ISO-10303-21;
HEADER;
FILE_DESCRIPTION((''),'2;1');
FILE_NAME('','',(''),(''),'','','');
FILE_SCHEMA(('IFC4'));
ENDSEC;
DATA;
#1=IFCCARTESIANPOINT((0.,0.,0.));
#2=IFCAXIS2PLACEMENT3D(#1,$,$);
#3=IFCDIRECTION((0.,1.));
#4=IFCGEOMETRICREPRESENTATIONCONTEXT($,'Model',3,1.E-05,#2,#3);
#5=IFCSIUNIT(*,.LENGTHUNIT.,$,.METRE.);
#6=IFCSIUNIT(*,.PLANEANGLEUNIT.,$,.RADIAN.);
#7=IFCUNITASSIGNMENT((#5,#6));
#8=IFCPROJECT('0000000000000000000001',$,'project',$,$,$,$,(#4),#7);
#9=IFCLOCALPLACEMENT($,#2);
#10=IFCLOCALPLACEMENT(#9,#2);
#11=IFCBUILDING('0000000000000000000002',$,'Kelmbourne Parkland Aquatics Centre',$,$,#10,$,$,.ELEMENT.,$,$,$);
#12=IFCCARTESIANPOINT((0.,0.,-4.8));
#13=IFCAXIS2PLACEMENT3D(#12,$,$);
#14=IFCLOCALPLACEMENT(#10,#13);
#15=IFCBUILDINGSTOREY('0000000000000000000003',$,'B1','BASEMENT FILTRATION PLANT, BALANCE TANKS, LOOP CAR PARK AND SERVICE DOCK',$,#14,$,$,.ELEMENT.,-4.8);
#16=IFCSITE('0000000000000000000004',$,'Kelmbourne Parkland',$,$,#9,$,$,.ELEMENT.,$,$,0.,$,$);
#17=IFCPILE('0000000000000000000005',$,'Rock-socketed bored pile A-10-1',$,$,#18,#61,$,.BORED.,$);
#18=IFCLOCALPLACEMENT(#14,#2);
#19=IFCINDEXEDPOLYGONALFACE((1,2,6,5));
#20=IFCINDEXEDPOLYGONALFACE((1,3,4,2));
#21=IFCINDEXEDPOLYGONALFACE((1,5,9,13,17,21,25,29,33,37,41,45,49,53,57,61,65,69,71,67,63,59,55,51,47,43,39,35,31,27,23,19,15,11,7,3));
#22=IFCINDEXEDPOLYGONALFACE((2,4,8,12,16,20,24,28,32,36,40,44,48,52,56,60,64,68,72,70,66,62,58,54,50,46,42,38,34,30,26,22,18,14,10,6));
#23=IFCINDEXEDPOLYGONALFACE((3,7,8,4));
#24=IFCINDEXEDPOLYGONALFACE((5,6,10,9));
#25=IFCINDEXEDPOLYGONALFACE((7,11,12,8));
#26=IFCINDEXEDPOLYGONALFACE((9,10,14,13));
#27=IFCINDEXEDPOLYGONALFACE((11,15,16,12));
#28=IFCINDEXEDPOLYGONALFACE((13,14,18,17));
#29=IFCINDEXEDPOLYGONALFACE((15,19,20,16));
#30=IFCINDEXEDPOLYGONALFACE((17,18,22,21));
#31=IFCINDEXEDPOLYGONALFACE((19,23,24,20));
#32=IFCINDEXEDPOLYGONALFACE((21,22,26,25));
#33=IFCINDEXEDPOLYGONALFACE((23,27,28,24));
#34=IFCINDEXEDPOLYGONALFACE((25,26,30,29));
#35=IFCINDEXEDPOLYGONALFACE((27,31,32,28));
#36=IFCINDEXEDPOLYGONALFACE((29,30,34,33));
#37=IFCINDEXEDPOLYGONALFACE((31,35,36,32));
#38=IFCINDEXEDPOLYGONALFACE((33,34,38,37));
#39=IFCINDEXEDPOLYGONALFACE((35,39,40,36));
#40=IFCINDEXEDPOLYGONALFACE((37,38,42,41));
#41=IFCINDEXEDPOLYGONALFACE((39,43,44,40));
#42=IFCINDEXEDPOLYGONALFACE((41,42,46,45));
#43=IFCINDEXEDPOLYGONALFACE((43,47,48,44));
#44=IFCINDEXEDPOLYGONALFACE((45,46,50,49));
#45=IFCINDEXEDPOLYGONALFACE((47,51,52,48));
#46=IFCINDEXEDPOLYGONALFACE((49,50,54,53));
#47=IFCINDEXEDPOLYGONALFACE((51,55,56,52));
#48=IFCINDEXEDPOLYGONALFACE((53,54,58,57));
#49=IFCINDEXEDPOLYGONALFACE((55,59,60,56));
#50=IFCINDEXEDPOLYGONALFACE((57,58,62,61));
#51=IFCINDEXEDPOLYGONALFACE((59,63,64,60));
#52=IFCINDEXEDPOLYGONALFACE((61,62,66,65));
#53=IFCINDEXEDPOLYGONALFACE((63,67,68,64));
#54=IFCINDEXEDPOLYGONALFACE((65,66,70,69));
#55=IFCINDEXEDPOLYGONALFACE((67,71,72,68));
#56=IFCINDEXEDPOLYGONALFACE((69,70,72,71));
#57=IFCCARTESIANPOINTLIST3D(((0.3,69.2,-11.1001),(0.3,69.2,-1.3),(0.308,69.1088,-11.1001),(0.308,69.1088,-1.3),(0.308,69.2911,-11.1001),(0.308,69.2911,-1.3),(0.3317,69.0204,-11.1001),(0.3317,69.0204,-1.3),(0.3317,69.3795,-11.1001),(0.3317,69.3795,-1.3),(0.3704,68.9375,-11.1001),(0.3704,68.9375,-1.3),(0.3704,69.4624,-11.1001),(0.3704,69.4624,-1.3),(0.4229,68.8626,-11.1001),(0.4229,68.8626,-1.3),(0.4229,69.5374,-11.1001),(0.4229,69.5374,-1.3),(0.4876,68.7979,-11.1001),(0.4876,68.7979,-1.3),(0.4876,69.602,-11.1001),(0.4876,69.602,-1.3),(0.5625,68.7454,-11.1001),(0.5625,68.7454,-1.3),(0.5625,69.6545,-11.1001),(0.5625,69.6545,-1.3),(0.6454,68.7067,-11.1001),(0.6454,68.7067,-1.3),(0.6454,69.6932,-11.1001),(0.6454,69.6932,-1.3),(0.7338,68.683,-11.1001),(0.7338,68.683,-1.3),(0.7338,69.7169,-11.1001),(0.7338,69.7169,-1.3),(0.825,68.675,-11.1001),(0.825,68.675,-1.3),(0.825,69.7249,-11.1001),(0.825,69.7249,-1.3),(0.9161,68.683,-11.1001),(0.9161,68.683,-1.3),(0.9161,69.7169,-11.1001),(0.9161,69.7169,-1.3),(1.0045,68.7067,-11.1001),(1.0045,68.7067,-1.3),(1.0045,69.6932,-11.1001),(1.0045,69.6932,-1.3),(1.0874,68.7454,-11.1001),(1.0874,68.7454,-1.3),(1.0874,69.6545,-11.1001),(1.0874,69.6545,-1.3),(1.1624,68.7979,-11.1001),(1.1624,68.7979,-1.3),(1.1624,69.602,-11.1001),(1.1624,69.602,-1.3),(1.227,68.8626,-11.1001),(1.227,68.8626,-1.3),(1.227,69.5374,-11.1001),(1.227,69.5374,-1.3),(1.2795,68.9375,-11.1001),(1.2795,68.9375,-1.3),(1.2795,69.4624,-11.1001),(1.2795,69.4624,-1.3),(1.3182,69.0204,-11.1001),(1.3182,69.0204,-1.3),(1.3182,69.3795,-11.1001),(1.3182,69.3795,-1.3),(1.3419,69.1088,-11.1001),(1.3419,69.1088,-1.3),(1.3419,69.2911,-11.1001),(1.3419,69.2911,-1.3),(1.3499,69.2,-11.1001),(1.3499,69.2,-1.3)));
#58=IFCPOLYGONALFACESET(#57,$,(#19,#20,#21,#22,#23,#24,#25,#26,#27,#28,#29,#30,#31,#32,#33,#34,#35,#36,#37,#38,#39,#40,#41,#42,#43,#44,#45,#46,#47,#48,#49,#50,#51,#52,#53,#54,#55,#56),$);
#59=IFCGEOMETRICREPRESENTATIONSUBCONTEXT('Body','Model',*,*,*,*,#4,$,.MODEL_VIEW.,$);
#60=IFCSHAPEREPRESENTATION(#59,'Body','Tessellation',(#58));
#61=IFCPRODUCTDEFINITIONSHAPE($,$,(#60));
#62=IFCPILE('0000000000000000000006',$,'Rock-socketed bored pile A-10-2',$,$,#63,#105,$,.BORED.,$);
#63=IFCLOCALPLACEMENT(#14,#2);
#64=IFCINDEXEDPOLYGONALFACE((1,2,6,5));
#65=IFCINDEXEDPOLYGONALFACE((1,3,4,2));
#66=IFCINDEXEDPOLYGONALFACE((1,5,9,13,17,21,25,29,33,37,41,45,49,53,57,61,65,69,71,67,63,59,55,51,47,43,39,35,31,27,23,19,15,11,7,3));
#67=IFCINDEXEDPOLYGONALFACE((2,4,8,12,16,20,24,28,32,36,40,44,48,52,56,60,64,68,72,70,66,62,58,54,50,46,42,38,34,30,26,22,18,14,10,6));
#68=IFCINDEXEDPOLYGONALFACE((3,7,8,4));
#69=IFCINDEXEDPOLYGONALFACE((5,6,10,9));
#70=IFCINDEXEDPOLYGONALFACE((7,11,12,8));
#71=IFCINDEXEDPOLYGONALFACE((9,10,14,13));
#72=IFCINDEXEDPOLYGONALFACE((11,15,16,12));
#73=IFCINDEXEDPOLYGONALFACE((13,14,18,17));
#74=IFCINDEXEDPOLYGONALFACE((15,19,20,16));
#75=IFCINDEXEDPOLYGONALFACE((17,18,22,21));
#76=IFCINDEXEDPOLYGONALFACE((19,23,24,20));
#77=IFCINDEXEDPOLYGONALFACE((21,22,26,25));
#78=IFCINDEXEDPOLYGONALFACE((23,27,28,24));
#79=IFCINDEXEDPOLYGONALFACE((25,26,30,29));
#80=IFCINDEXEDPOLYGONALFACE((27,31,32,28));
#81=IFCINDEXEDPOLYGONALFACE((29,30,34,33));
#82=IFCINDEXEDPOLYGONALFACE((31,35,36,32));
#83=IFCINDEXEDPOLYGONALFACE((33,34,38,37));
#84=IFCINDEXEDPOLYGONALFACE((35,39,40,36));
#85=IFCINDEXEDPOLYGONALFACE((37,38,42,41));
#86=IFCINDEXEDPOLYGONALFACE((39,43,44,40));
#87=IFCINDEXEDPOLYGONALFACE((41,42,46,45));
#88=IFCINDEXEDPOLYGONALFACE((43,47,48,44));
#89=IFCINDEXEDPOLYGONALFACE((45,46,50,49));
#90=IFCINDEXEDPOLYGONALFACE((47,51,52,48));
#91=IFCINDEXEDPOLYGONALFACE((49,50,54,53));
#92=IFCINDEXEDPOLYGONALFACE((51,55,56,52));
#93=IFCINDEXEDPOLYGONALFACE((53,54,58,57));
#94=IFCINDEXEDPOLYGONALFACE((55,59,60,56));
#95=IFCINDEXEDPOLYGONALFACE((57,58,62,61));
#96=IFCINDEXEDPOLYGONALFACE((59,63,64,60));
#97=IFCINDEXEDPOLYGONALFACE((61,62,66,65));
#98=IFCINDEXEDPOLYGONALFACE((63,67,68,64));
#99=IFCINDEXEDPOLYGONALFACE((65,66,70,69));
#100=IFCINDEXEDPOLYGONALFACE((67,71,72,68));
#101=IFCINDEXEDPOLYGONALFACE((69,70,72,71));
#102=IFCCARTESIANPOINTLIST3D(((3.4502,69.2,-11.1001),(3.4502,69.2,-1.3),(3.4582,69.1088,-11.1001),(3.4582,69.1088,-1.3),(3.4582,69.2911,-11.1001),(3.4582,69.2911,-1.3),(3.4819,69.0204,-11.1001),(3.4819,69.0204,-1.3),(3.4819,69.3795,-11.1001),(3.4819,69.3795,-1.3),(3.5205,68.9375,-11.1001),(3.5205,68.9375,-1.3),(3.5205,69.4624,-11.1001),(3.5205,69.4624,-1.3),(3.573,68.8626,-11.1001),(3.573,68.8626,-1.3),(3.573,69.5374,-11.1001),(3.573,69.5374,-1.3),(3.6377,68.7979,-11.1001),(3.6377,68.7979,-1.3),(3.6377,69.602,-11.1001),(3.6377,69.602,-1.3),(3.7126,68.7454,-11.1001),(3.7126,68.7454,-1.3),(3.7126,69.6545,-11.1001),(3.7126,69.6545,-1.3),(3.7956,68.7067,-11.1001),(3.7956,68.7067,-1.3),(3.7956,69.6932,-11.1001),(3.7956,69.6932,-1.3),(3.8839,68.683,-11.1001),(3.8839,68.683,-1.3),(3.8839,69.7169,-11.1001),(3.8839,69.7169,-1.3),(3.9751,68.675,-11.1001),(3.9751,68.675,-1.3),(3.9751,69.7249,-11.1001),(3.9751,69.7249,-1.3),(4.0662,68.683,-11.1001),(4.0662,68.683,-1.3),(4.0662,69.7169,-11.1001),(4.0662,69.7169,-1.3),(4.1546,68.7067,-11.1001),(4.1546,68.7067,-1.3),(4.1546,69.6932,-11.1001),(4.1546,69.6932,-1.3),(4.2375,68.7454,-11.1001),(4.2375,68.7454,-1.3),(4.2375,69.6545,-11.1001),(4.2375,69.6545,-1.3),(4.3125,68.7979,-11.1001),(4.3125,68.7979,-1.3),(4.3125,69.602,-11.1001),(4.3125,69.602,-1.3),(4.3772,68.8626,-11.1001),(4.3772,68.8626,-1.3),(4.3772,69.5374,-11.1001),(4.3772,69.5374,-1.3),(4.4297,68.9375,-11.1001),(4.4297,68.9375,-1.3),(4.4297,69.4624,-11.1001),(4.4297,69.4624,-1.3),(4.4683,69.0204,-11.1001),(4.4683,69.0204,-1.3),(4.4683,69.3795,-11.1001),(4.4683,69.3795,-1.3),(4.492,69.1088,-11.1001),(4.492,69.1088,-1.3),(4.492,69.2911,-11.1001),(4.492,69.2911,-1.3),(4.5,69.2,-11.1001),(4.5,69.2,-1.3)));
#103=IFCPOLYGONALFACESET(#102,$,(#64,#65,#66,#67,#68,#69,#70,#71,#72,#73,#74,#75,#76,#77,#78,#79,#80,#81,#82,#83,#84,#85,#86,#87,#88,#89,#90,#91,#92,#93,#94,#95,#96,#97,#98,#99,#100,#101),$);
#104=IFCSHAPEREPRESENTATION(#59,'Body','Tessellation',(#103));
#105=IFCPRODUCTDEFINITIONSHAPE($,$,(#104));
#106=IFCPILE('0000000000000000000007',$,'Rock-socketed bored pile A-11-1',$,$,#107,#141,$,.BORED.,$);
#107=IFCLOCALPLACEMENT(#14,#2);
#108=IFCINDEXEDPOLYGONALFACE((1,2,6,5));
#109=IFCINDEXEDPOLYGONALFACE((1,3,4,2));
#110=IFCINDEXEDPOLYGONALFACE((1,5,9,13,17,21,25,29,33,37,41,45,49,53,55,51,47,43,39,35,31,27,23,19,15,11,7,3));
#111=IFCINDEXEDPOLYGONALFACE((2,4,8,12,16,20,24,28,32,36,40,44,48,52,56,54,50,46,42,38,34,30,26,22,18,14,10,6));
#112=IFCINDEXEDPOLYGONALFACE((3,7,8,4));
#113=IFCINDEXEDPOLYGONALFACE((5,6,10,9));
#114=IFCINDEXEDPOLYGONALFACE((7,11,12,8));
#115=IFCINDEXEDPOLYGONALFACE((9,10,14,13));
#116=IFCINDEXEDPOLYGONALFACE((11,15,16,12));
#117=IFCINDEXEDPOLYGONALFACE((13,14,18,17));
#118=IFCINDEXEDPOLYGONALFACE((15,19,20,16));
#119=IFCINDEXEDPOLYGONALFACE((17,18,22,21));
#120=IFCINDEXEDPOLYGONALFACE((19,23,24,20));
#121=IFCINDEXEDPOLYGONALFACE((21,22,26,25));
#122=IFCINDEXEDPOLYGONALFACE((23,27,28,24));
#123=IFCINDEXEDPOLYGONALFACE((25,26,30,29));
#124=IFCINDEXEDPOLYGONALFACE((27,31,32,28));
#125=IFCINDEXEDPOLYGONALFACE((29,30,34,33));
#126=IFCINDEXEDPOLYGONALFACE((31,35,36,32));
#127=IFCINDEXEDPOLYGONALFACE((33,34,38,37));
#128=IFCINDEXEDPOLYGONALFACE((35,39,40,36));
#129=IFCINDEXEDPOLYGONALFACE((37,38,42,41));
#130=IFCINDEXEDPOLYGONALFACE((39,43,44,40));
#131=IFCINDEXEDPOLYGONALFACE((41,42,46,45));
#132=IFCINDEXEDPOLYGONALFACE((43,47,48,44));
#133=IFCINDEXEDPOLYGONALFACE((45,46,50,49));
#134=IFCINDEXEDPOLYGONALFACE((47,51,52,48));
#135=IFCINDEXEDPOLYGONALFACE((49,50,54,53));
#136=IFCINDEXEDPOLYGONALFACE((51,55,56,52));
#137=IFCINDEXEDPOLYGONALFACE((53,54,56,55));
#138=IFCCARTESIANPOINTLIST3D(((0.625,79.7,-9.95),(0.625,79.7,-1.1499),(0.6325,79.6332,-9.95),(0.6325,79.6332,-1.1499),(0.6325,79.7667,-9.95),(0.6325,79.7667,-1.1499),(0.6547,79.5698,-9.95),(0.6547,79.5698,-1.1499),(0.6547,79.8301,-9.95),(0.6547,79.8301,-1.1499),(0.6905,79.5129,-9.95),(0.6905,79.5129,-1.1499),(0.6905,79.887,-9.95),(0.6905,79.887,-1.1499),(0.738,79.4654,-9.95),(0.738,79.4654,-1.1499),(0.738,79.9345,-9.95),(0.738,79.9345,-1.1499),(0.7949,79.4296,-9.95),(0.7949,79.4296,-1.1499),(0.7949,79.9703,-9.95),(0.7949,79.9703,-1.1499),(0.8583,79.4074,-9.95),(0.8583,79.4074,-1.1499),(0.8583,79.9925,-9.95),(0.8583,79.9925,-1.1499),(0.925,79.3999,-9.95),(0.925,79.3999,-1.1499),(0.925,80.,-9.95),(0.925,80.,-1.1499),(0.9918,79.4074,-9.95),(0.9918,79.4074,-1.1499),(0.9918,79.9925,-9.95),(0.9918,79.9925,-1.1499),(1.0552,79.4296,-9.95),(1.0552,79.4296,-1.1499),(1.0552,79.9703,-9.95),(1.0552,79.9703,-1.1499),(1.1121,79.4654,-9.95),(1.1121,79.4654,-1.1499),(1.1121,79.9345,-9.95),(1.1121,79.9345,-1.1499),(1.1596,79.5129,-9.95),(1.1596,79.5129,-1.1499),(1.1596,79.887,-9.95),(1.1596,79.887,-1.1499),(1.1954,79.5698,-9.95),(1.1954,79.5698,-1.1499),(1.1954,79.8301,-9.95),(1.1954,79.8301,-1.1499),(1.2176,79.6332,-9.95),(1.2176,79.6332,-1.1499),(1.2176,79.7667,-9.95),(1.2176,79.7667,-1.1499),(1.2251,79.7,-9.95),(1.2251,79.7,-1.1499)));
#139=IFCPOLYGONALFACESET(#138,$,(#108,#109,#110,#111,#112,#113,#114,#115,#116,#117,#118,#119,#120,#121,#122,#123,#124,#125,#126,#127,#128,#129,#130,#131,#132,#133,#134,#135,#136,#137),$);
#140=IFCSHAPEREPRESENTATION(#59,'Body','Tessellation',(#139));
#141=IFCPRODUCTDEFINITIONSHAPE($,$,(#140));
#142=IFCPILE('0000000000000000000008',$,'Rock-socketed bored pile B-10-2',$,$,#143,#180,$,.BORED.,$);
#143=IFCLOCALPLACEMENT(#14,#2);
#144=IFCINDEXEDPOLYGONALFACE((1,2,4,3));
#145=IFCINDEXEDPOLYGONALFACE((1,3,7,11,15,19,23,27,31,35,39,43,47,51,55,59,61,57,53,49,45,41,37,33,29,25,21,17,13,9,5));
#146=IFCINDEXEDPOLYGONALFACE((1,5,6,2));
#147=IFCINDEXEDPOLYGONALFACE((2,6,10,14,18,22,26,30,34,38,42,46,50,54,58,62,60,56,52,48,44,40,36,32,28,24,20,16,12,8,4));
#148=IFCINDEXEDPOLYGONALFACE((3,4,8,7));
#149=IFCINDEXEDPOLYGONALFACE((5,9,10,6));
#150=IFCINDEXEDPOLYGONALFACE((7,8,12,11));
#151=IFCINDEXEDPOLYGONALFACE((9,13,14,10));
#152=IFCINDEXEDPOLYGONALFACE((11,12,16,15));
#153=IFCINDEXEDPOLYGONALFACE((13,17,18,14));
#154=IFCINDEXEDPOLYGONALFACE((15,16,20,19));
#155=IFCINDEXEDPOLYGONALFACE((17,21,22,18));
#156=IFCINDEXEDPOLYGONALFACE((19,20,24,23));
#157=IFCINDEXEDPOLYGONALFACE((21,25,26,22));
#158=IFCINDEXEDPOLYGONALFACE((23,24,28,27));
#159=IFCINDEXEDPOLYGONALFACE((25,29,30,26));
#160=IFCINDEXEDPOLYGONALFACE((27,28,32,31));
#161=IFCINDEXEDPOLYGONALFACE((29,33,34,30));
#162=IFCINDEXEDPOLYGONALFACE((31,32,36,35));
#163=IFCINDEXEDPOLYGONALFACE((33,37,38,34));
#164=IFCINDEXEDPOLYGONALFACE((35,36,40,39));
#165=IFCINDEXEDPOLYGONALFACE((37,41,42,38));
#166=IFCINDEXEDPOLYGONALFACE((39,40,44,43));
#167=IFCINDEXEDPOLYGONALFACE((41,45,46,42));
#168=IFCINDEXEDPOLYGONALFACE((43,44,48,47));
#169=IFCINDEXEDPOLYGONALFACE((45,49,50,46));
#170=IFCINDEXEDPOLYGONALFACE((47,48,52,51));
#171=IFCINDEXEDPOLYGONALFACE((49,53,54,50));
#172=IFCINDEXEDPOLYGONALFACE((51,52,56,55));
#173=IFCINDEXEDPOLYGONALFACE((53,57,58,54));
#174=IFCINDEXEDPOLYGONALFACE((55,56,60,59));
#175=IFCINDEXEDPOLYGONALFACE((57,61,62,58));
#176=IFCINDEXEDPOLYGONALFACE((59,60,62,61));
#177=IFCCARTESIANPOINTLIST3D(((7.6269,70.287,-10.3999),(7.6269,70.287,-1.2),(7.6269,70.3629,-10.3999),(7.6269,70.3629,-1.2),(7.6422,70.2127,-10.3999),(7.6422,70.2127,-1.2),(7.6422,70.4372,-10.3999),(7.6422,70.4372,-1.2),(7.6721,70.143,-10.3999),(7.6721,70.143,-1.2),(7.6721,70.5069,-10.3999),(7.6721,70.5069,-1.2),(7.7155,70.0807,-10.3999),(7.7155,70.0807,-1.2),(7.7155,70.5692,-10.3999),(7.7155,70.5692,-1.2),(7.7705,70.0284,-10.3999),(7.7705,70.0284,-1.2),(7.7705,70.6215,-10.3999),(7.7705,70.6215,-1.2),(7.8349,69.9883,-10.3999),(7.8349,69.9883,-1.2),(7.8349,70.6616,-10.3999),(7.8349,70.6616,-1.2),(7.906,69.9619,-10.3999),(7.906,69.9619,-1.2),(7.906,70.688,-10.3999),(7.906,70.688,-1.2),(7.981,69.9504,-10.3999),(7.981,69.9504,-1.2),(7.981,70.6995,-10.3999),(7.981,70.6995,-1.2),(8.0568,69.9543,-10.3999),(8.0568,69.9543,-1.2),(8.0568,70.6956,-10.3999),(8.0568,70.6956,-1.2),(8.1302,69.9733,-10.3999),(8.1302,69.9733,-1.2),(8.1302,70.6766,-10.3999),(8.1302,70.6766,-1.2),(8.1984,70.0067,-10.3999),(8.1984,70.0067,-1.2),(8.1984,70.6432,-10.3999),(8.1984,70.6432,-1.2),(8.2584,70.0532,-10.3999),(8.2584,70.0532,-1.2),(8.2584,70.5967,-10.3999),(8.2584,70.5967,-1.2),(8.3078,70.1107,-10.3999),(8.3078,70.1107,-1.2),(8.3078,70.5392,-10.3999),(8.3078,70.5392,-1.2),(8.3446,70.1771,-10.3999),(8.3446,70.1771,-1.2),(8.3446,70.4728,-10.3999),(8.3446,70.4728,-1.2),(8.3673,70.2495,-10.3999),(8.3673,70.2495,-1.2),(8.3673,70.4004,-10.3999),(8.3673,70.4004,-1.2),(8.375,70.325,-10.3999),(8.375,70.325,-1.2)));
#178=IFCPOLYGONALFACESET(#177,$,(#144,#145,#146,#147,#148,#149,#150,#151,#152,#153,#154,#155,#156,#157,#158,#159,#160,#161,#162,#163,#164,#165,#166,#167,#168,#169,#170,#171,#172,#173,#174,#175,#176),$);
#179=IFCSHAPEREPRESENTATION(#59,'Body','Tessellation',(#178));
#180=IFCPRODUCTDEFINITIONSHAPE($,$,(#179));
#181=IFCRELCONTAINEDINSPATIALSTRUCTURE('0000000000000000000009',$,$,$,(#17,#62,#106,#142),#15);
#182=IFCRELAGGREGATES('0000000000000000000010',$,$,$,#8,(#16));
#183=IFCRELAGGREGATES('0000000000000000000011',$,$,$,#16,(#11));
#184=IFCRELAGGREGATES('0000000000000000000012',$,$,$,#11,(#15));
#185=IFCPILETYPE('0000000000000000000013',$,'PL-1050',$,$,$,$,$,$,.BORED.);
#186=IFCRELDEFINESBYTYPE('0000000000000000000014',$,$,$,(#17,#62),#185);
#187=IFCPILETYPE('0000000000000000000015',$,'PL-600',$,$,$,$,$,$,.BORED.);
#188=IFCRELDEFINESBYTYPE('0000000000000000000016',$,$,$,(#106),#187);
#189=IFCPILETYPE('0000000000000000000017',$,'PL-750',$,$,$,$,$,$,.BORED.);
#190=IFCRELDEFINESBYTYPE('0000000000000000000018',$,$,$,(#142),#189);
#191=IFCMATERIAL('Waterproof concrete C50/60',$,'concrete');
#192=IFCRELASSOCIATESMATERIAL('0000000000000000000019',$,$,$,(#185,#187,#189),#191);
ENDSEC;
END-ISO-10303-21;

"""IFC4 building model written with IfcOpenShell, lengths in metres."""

from ifc_helpers import new_model, si_unit, direction, frame, origin, origin_2d, place, context, subcontext, project, spatial, circle, extrude, material, material_profile, profile_set, type_object, element, save


model = new_model("IFC4")

# Units and contexts
model_context = context("Model", 3, precision=1e-05, world=origin(), true_north=direction((0.0, 1.0)))
body_context = subcontext(model_context, "Body", "Model", "MODEL_VIEW")
ifc_project = project(units=[si_unit("LENGTHUNIT", "METRE"), si_unit("PLANEANGLEUNIT", "RADIAN")], contexts=[model_context])

# Site, building, storey
site_placement = place(None, origin())
site = spatial("IfcSite", under=ifc_project, at=site_placement, Name="Kelmbourne Parkland", CompositionType="ELEMENT", RefElevation=0.0)
building_placement = place(site_placement, origin())
building = spatial("IfcBuilding", under=site, at=building_placement, Name="Kelmbourne Parkland Aquatics Centre", CompositionType="ELEMENT")
storey_placement = place(building_placement, frame((0.0, 0.0, -4.8)))
storey = spatial("IfcBuildingStorey", under=building, at=storey_placement, Name="B1", Description="BASEMENT FILTRATION PLANT, BALANCE TANKS, LOOP CAR PARK AND SERVICE DOCK", CompositionType="ELEMENT", Elevation=-4.8)

# Shared definitions
ifc_material_1 = material(Name="Waterproof concrete C50/60", Category="concrete")

# Piles
ifc_material_profile_1 = material_profile(ifc_material_1, circle(Radius=0.5249, at=origin_2d()), Name="PILE D1050")
ifc_profile_set_1 = profile_set([ifc_material_profile_1], Name="Waterproof concrete C50/60")
pile_type_1 = type_object("IfcPileType", Name="PL-1050", PredefinedType="BORED", material=ifc_profile_set_1)
for number, where, z_axis, x_axis, name in (
    (1, (0.825, 69.2, -1.3), (0.0, 0.0, -1.0), (1.0, 0.0, 0.0), "Rock-socketed bored pile A-10-1"),
    (2, (3.9751, 69.2, -1.3), (0.0, 0.0, -1.0), (1.0, 0.0, 0.0), "Rock-socketed bored pile A-10-2"),
):
    element("IfcPile", number, at=place(storey_placement, frame(where, z_axis=z_axis, x_axis=x_axis)), inside=storey, type_object=pile_type_1, Name=name, PredefinedType="BORED", context=body_context, shape_type="SweptSolid", body=[
        extrude(circle(Radius=0.5249, at=origin_2d()), origin(), (0.0, 0.0, 1.0), 9.8),
    ])
ifc_material_profile_2 = material_profile(ifc_material_1, circle(Radius=0.3, at=origin_2d()), Name="PILE D600")
ifc_profile_set_2 = profile_set([ifc_material_profile_2], Name="Waterproof concrete C50/60")
pile_type_2 = type_object("IfcPileType", Name="PL-600", PredefinedType="BORED", material=ifc_profile_set_2)
pile_1_placement = place(storey_placement, frame((0.925, 79.7, -1.1499), z_axis=(0.0, 0.0, -1.0), x_axis=(1.0, 0.0, 0.0)))
element("IfcPile", 3, at=pile_1_placement, inside=storey, type_object=pile_type_2, Name="Rock-socketed bored pile A-11-1", PredefinedType="BORED", context=body_context, shape_type="SweptSolid", body=[
    extrude(circle(Radius=0.3, at=origin_2d()), origin(), (0.0, 0.0, 1.0), 8.8),
])
ifc_material_profile_3 = material_profile(ifc_material_1, circle(Radius=0.375, at=origin_2d()), Name="PILE D750")
ifc_profile_set_3 = profile_set([ifc_material_profile_3], Name="Waterproof concrete C50/60")
pile_type_3 = type_object("IfcPileType", Name="PL-750", PredefinedType="BORED", material=ifc_profile_set_3)
pile_2_placement = place(storey_placement, frame((8.0, 70.325, -1.2), z_axis=(0.0, 0.0, -1.0), x_axis=(1.0, 0.0, 0.0)))
element("IfcPile", 4, at=pile_2_placement, inside=storey, type_object=pile_type_3, Name="Rock-socketed bored pile B-10-2", PredefinedType="BORED", context=body_context, shape_type="SweptSolid", body=[
    extrude(circle(Radius=0.375, at=origin_2d()), origin(), (0.0, 0.0, 1.0), 9.2),
])

save(model, "model.ifc")
